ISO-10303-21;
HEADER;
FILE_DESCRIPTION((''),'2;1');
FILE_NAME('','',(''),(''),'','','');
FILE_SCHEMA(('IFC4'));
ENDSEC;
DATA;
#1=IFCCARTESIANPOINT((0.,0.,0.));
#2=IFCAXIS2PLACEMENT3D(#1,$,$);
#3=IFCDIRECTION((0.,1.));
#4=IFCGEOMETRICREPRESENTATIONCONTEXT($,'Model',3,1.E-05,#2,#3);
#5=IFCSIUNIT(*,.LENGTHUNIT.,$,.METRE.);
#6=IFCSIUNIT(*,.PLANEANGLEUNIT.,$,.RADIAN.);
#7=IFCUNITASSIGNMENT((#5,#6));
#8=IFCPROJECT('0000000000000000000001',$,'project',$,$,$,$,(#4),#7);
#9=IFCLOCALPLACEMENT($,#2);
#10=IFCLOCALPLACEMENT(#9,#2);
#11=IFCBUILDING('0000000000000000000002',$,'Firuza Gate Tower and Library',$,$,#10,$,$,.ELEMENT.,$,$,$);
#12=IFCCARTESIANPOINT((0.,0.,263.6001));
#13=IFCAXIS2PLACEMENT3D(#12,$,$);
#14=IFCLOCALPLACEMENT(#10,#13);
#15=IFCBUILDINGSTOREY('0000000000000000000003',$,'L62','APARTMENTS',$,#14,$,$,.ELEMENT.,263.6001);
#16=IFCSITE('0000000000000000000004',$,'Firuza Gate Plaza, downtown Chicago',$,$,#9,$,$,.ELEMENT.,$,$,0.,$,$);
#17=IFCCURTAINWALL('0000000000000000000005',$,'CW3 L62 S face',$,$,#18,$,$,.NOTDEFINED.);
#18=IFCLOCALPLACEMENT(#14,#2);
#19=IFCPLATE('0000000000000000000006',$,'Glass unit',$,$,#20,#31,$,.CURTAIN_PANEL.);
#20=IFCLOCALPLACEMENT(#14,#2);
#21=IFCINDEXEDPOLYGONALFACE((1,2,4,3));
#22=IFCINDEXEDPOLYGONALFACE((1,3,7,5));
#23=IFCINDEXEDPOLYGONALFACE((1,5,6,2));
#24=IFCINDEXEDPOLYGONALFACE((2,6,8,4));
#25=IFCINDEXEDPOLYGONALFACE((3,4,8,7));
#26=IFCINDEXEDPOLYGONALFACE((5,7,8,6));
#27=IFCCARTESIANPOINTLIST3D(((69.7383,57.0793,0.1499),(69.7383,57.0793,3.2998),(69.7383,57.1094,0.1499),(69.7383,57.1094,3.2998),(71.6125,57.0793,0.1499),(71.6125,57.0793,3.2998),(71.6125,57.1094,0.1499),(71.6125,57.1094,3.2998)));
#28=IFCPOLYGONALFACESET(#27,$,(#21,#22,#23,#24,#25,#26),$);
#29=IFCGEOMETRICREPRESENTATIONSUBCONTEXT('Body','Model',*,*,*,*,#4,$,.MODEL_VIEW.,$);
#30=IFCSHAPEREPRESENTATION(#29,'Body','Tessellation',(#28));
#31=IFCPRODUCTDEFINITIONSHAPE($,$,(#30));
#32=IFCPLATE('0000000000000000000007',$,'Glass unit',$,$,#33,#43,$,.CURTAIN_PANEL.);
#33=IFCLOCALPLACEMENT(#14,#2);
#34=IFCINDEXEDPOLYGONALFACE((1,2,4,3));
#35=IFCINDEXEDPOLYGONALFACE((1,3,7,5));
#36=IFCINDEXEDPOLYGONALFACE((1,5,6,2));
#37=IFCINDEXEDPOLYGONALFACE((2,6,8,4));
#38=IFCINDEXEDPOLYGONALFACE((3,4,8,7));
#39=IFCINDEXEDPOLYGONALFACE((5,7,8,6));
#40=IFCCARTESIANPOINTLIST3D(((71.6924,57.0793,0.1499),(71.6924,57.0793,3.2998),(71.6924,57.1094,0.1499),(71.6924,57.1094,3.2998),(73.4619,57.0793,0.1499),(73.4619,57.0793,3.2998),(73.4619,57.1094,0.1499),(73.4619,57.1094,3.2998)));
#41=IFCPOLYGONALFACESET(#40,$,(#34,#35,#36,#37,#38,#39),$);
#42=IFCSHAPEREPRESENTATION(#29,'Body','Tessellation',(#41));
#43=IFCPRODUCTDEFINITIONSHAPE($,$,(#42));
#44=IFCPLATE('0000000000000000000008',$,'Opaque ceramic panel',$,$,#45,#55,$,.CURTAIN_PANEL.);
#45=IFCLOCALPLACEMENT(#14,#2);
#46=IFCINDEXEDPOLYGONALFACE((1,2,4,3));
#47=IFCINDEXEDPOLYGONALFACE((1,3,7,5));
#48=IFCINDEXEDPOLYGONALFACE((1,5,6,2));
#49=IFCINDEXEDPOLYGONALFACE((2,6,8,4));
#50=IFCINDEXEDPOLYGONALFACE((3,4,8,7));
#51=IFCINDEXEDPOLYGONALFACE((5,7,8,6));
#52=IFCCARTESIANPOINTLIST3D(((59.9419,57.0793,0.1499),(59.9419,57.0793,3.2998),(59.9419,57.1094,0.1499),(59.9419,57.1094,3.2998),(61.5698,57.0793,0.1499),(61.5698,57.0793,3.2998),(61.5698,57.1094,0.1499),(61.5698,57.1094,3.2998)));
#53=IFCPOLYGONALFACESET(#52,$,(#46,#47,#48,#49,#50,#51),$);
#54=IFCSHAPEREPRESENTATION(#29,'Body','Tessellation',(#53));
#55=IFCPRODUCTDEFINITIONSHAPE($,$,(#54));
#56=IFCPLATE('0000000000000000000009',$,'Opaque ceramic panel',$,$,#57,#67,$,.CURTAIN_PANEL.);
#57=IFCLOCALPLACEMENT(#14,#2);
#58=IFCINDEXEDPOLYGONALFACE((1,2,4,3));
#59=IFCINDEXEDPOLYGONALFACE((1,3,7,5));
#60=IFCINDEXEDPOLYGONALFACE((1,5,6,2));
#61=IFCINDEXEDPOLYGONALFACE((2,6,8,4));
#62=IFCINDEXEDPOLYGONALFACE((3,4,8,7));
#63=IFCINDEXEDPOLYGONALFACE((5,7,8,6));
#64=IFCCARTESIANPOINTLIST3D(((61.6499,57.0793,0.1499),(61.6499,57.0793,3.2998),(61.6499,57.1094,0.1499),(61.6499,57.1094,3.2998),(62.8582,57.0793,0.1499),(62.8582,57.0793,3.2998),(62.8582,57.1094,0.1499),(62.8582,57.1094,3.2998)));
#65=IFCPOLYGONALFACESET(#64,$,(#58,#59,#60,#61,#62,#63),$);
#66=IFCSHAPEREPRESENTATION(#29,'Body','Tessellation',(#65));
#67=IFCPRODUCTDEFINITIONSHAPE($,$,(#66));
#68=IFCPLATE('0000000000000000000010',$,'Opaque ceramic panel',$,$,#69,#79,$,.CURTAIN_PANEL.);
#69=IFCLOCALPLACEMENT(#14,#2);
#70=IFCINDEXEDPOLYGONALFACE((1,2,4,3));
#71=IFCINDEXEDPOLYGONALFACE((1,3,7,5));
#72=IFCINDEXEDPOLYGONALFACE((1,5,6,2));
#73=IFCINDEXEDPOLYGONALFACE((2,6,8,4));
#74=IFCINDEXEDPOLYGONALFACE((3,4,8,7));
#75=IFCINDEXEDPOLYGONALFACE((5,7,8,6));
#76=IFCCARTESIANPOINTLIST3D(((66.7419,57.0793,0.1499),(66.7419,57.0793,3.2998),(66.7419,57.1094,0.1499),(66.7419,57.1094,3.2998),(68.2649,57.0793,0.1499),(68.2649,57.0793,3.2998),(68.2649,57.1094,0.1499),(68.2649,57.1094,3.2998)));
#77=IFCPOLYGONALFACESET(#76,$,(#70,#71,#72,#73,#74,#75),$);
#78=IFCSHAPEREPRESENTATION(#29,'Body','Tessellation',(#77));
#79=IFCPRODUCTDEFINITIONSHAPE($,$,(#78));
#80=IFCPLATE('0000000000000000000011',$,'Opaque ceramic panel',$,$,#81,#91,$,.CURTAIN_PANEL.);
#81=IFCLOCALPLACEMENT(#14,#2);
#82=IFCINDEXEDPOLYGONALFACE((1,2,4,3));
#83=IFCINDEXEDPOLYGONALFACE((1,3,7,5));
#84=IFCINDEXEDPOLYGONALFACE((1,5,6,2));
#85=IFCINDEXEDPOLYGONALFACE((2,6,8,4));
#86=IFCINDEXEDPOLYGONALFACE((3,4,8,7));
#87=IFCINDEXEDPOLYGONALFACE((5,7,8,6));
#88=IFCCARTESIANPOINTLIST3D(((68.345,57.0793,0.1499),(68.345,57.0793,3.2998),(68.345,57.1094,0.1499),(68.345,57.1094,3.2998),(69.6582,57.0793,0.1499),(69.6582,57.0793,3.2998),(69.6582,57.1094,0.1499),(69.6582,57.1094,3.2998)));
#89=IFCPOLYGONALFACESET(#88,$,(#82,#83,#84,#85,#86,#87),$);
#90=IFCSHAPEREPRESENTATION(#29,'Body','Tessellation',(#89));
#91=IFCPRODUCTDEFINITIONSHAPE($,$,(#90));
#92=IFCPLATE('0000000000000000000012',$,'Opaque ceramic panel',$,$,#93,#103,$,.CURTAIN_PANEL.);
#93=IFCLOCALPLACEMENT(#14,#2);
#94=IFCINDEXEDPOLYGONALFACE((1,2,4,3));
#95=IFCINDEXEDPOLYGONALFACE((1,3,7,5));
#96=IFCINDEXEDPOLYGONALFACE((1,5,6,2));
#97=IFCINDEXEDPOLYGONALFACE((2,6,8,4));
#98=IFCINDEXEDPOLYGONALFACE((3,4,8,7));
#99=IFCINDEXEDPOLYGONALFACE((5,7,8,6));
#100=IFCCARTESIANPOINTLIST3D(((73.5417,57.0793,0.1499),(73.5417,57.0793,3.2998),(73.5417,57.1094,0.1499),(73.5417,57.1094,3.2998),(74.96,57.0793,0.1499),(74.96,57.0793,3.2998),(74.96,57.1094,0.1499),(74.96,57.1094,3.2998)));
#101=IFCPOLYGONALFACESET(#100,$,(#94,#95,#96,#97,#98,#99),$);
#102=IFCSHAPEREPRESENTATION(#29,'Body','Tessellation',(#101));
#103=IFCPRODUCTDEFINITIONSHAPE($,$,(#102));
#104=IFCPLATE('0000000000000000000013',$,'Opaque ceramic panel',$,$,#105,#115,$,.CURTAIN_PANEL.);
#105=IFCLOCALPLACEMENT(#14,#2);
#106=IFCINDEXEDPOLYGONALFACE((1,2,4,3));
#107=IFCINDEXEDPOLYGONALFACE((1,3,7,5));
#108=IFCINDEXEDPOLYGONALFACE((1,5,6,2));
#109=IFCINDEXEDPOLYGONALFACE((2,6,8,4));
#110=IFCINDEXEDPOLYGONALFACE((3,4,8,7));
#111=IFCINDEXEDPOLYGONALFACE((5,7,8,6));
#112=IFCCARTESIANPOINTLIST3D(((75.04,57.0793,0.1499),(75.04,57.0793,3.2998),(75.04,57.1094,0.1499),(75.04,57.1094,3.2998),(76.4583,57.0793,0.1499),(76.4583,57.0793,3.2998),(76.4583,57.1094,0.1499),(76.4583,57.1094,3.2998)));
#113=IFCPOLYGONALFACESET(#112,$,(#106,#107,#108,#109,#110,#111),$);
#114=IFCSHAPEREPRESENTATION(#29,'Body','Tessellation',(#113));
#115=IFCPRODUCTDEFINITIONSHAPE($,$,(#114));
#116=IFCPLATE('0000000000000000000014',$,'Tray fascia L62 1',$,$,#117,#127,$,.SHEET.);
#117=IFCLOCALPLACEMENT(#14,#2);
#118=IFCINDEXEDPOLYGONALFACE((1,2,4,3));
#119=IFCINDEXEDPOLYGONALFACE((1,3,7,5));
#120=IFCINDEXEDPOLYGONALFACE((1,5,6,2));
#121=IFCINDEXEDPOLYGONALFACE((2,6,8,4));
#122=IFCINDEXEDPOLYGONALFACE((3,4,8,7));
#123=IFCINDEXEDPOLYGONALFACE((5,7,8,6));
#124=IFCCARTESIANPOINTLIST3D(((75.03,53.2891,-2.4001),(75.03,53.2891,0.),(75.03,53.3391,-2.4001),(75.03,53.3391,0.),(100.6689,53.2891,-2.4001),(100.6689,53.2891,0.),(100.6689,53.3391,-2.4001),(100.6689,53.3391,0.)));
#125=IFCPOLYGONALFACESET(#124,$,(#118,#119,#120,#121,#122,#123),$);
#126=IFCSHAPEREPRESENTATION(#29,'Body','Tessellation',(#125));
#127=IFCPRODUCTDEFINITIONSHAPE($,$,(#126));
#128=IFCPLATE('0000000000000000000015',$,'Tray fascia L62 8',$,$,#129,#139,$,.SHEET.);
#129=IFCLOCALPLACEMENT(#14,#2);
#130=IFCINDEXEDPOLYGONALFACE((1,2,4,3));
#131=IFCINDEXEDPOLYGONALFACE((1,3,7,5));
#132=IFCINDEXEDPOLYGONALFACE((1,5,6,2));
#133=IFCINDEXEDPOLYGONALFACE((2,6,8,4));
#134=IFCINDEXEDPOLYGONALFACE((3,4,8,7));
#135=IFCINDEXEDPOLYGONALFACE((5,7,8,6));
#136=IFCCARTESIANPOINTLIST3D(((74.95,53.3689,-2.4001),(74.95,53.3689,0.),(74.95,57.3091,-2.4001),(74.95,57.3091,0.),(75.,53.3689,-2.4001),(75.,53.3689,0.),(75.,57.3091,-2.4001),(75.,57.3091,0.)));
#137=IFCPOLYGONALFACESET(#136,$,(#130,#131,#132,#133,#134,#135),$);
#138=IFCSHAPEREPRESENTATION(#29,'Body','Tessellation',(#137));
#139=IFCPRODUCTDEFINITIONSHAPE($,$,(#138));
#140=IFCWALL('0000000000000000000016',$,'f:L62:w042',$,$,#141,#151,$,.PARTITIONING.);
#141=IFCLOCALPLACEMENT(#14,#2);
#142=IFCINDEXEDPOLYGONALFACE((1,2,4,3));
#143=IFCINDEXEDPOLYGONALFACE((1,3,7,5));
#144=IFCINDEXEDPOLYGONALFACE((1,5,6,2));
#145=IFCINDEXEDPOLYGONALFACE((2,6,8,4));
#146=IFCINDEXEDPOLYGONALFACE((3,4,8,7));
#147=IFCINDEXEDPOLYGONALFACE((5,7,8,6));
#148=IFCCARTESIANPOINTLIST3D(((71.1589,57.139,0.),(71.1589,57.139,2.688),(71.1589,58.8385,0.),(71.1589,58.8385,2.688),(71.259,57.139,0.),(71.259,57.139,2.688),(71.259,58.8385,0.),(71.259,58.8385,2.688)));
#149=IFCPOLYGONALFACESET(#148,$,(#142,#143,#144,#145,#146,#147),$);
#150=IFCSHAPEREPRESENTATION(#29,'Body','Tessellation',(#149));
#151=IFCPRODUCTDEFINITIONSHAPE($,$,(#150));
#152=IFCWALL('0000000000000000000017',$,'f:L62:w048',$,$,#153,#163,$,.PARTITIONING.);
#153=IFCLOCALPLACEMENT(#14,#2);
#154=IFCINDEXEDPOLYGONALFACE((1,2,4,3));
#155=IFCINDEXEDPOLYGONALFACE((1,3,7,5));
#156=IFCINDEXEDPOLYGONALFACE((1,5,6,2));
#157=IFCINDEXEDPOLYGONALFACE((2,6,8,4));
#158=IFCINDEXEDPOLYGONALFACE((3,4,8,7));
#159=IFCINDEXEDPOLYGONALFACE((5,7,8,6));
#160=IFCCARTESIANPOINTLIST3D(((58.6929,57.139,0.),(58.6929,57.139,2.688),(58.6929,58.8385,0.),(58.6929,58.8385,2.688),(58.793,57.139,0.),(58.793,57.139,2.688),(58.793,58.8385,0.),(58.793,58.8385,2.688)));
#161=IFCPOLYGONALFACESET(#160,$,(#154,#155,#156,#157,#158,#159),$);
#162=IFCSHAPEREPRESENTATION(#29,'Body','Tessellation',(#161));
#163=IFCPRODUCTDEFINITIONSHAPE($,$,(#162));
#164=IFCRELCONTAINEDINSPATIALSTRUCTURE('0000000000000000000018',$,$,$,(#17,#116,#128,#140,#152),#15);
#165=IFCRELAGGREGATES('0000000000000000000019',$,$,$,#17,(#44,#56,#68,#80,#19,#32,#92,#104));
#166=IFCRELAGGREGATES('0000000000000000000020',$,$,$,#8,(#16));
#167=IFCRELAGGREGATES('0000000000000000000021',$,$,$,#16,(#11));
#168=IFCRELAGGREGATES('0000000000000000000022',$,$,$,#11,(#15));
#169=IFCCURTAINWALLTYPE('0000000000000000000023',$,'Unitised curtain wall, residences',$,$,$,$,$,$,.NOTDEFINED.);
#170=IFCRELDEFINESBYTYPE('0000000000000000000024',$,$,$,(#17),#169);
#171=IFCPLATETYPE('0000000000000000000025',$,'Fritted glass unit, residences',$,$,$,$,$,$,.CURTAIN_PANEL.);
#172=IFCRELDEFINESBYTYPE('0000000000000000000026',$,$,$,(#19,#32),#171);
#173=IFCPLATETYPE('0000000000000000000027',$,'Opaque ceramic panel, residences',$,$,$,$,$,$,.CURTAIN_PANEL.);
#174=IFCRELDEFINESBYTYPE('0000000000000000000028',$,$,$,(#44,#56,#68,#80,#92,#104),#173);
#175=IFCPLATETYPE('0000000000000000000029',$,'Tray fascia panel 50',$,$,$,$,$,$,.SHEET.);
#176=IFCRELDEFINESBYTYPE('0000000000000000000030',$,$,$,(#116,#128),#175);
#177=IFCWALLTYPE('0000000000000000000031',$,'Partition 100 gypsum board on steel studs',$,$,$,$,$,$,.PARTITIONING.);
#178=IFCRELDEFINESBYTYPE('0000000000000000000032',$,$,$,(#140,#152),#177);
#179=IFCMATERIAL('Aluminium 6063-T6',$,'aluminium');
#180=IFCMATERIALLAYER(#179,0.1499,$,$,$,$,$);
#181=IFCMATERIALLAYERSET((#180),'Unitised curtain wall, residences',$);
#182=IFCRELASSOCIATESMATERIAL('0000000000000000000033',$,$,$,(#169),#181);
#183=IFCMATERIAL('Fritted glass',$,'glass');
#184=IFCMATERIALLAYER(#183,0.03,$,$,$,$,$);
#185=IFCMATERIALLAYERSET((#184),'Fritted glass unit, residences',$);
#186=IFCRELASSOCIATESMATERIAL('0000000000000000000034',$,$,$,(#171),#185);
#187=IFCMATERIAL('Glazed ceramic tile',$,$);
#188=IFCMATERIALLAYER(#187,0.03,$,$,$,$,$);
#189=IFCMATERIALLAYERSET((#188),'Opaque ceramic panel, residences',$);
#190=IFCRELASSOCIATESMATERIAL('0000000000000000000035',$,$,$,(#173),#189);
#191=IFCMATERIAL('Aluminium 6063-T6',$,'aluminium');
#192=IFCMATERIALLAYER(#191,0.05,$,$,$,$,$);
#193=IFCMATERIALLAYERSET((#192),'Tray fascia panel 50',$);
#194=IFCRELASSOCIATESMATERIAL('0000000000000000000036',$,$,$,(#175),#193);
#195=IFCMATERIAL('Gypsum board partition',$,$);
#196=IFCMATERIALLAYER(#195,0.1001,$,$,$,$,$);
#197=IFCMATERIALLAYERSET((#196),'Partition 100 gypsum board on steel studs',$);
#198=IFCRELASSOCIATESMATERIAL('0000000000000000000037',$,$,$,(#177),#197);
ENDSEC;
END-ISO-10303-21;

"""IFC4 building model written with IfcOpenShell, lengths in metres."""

from ifc_helpers import new_model, si_unit, direction, frame, frame_2d, origin, place, context, subcontext, project, spatial, polyline, rectangle, outline, extrude, material, layer, layer_set, type_object, element, aggregate, save


model = new_model("IFC4")

# Units and contexts
model_context = context("Model", 3, precision=1e-05, world=origin(), true_north=direction((0.0, 1.0)))
body_context = subcontext(model_context, "Body", "Model", "MODEL_VIEW")
ifc_project = project(units=[si_unit("LENGTHUNIT", "METRE"), si_unit("PLANEANGLEUNIT", "RADIAN")], contexts=[model_context])

# Site, building, storey
site_placement = place(None, origin())
site = spatial("IfcSite", under=ifc_project, at=site_placement, Name="Firuza Gate Plaza, downtown Chicago", CompositionType="ELEMENT", RefElevation=0.0)
building_placement = place(site_placement, origin())
building = spatial("IfcBuilding", under=site, at=building_placement, Name="Firuza Gate Tower and Library", CompositionType="ELEMENT")
storey_placement = place(building_placement, frame((0.0, 0.0, 263.6001)))
storey = spatial("IfcBuildingStorey", under=building, at=storey_placement, Name="L62", Description="APARTMENTS", CompositionType="ELEMENT", Elevation=263.6001)

# Curtain wall
ifc_material_1 = material(Name="Aluminium 6063-T6", Category="aluminium")
ifc_layer_1 = layer(ifc_material_1, 0.1499)
ifc_layer_set_1 = layer_set([ifc_layer_1], Name="Unitised curtain wall, residences")
curtain_wall_type = type_object("IfcCurtainWallType", Name="Unitised curtain wall, residences", PredefinedType="NOTDEFINED", material=ifc_layer_set_1)
curtain_wall_placement = place(storey_placement, origin())
curtain_wall = element("IfcCurtainWall", 1, at=curtain_wall_placement, inside=storey, type_object=curtain_wall_type, Name="CW3 L62 S face", PredefinedType="NOTDEFINED")

# Plates
ifc_material_2 = material(Name="Fritted glass", Category="glass")
ifc_layer_2 = layer(ifc_material_2, 0.03)
ifc_layer_set_2 = layer_set([ifc_layer_2], Name="Fritted glass unit, residences")
plate_type_1 = type_object("IfcPlateType", Name="Fritted glass unit, residences", PredefinedType="CURTAIN_PANEL", material=ifc_layer_set_2)
plate_1_placement = place(storey_placement, frame((69.7383, 57.0793, 0.1499), z_axis=(0.0, -1.0, 0.0), x_axis=(1.0, 0.0, 0.0)))
plate_1 = element("IfcPlate", 2, at=plate_1_placement, type_object=plate_type_1, Name="Glass unit", PredefinedType="CURTAIN_PANEL", context=body_context, shape_type="SweptSolid", body=[
    extrude(outline(polyline([(0.0, 0.0), (1.8743, 0.0), (1.8743, 3.1499), (0.0, 3.1499), (0.0, 0.0)])), origin(), (0.0, 0.0, -1.0), 0.03),
])
plate_2_placement = place(storey_placement, frame((71.6924, 57.0793, 0.1499), z_axis=(0.0, -1.0, 0.0), x_axis=(1.0, 0.0, 0.0)))
plate_2 = element("IfcPlate", 3, at=plate_2_placement, type_object=plate_type_1, Name="Glass unit", PredefinedType="CURTAIN_PANEL", context=body_context, shape_type="SweptSolid", body=[
    extrude(outline(polyline([(0.0, 0.0), (1.7695, 0.0), (1.7695, 3.1499), (0.0, 3.1499), (0.0, 0.0)])), origin(), (0.0, 0.0, -1.0), 0.03),
])
ifc_material_3 = material(Name="Glazed ceramic tile")
ifc_layer_3 = layer(ifc_material_3, 0.03)
ifc_layer_set_3 = layer_set([ifc_layer_3], Name="Opaque ceramic panel, residences")
plate_type_2 = type_object("IfcPlateType", Name="Opaque ceramic panel, residences", PredefinedType="CURTAIN_PANEL", material=ifc_layer_set_3)
plate_3_placement = place(storey_placement, frame((59.9419, 57.0793, 0.1499), z_axis=(0.0, -1.0, 0.0), x_axis=(1.0, 0.0, 0.0)))
plate_3 = element("IfcPlate", 4, at=plate_3_placement, type_object=plate_type_2, Name="Opaque ceramic panel", PredefinedType="CURTAIN_PANEL", context=body_context, shape_type="SweptSolid", body=[
    extrude(outline(polyline([(0.0, 0.0), (1.6279, 0.0), (1.6279, 3.1499), (0.0, 3.1499), (0.0, 0.0)])), origin(), (0.0, 0.0, -1.0), 0.03),
])
plate_4_placement = place(storey_placement, frame((61.6499, 57.0793, 0.1499), z_axis=(0.0, -1.0, 0.0), x_axis=(1.0, 0.0, 0.0)))
plate_4 = element("IfcPlate", 5, at=plate_4_placement, type_object=plate_type_2, Name="Opaque ceramic panel", PredefinedType="CURTAIN_PANEL", context=body_context, shape_type="SweptSolid", body=[
    extrude(outline(polyline([(0.0, 0.0), (1.2083, 0.0), (1.2083, 3.1499), (0.0, 3.1499), (0.0, 0.0)])), origin(), (0.0, 0.0, -1.0), 0.03),
])
plate_5_placement = place(storey_placement, frame((66.7419, 57.0793, 0.1499), z_axis=(0.0, -1.0, 0.0), x_axis=(1.0, 0.0, 0.0)))
plate_5 = element("IfcPlate", 6, at=plate_5_placement, type_object=plate_type_2, Name="Opaque ceramic panel", PredefinedType="CURTAIN_PANEL", context=body_context, shape_type="SweptSolid", body=[
    extrude(outline(polyline([(0.0, 0.0), (1.5229, 0.0), (1.5229, 3.1499), (0.0, 3.1499), (0.0, 0.0)])), origin(), (0.0, 0.0, -1.0), 0.03),
])
plate_6_placement = place(storey_placement, frame((68.345, 57.0793, 0.1499), z_axis=(0.0, -1.0, 0.0), x_axis=(1.0, 0.0, 0.0)))
plate_6 = element("IfcPlate", 7, at=plate_6_placement, type_object=plate_type_2, Name="Opaque ceramic panel", PredefinedType="CURTAIN_PANEL", context=body_context, shape_type="SweptSolid", body=[
    extrude(outline(polyline([(0.0, 0.0), (1.3132, 0.0), (1.3132, 3.1499), (0.0, 3.1499), (0.0, 0.0)])), origin(), (0.0, 0.0, -1.0), 0.03),
])
plate_7_placement = place(storey_placement, frame((73.5417, 57.0793, 0.1499), z_axis=(0.0, -1.0, 0.0), x_axis=(1.0, 0.0, 0.0)))
plate_7 = element("IfcPlate", 8, at=plate_7_placement, type_object=plate_type_2, Name="Opaque ceramic panel", PredefinedType="CURTAIN_PANEL", context=body_context, shape_type="SweptSolid", body=[
    extrude(outline(polyline([(0.0, 0.0), (1.4182, 0.0), (1.4182, 3.1499), (0.0, 3.1499), (0.0, 0.0)])), origin(), (0.0, 0.0, -1.0), 0.03),
])
plate_8_placement = place(storey_placement, frame((75.04, 57.0793, 0.1499), z_axis=(0.0, -1.0, 0.0), x_axis=(1.0, 0.0, 0.0)))
plate_8 = element("IfcPlate", 9, at=plate_8_placement, type_object=plate_type_2, Name="Opaque ceramic panel", PredefinedType="CURTAIN_PANEL", context=body_context, shape_type="SweptSolid", body=[
    extrude(outline(polyline([(0.0, 0.0), (1.4182, 0.0), (1.4182, 3.1499), (0.0, 3.1499), (0.0, 0.0)])), origin(), (0.0, 0.0, -1.0), 0.03),
])
aggregate(curtain_wall, [plate_3, plate_4, plate_5, plate_6, plate_1, plate_2, plate_7, plate_8])

# Plates
ifc_material_4 = material(Name="Aluminium 6063-T6", Category="aluminium")
ifc_layer_4 = layer(ifc_material_4, 0.05)
ifc_layer_set_4 = layer_set([ifc_layer_4], Name="Tray fascia panel 50")
plate_type_3 = type_object("IfcPlateType", Name="Tray fascia panel 50", PredefinedType="SHEET", material=ifc_layer_set_4)
plate_9_placement = place(storey_placement, frame((75.03, 53.2891, -2.4001), z_axis=(0.0, -1.0, 0.0), x_axis=(1.0, 0.0, 0.0)))
element("IfcPlate", 10, at=plate_9_placement, inside=storey, type_object=plate_type_3, Name="Tray fascia L62 1", PredefinedType="SHEET", context=body_context, shape_type="SweptSolid", body=[
    extrude(outline(polyline([(0.0, 0.0), (25.6389, 0.0), (25.6389, 2.4001), (0.0, 2.4001), (0.0, 0.0)])), origin(), (0.0, 0.0, -1.0), 0.05),
])
plate_10_placement = place(storey_placement, frame((74.95, 57.3091, -2.4001), z_axis=(-1.0, 0.0, 0.0), x_axis=(0.0, -1.0, 0.0)))
element("IfcPlate", 11, at=plate_10_placement, inside=storey, type_object=plate_type_3, Name="Tray fascia L62 8", PredefinedType="SHEET", context=body_context, shape_type="SweptSolid", body=[
    extrude(outline(polyline([(0.0, 0.0), (3.9402, 0.0), (3.9402, 2.4001), (0.0, 2.4001), (0.0, 0.0)])), origin(), (0.0, 0.0, -1.0), 0.05),
])

# Walls
ifc_material_5 = material(Name="Gypsum board partition")
ifc_layer_5 = layer(ifc_material_5, 0.1001)
ifc_layer_set_5 = layer_set([ifc_layer_5], Name="Partition 100 gypsum board on steel studs")
wall_type = type_object("IfcWallType", Name="Partition 100 gypsum board on steel studs", PredefinedType="PARTITIONING", material=ifc_layer_set_5)
for number, where, z_axis, x_axis, name in (
    (12, (71.209, 57.1392, 0.0), (0.0, 0.0, 1.0), (0.0, 1.0, 0.0), "f:L62:w042"),
    (13, (58.7429, 57.1392, 0.0), (0.0, 0.0, 1.0), (0.0, 1.0, 0.0), "f:L62:w048"),
):
    element("IfcWall", number, at=place(storey_placement, frame(where, z_axis=z_axis, x_axis=x_axis)), inside=storey, type_object=wall_type, Name=name, PredefinedType="PARTITIONING", context=body_context, shape_type="SweptSolid", body=[
        extrude(rectangle(XDim=1.6995, YDim=0.1001, at=frame_2d((0.8496, 0.0))), origin(), (0.0, 0.0, 1.0), 2.688),
    ])

save(model, "model.ifc")
